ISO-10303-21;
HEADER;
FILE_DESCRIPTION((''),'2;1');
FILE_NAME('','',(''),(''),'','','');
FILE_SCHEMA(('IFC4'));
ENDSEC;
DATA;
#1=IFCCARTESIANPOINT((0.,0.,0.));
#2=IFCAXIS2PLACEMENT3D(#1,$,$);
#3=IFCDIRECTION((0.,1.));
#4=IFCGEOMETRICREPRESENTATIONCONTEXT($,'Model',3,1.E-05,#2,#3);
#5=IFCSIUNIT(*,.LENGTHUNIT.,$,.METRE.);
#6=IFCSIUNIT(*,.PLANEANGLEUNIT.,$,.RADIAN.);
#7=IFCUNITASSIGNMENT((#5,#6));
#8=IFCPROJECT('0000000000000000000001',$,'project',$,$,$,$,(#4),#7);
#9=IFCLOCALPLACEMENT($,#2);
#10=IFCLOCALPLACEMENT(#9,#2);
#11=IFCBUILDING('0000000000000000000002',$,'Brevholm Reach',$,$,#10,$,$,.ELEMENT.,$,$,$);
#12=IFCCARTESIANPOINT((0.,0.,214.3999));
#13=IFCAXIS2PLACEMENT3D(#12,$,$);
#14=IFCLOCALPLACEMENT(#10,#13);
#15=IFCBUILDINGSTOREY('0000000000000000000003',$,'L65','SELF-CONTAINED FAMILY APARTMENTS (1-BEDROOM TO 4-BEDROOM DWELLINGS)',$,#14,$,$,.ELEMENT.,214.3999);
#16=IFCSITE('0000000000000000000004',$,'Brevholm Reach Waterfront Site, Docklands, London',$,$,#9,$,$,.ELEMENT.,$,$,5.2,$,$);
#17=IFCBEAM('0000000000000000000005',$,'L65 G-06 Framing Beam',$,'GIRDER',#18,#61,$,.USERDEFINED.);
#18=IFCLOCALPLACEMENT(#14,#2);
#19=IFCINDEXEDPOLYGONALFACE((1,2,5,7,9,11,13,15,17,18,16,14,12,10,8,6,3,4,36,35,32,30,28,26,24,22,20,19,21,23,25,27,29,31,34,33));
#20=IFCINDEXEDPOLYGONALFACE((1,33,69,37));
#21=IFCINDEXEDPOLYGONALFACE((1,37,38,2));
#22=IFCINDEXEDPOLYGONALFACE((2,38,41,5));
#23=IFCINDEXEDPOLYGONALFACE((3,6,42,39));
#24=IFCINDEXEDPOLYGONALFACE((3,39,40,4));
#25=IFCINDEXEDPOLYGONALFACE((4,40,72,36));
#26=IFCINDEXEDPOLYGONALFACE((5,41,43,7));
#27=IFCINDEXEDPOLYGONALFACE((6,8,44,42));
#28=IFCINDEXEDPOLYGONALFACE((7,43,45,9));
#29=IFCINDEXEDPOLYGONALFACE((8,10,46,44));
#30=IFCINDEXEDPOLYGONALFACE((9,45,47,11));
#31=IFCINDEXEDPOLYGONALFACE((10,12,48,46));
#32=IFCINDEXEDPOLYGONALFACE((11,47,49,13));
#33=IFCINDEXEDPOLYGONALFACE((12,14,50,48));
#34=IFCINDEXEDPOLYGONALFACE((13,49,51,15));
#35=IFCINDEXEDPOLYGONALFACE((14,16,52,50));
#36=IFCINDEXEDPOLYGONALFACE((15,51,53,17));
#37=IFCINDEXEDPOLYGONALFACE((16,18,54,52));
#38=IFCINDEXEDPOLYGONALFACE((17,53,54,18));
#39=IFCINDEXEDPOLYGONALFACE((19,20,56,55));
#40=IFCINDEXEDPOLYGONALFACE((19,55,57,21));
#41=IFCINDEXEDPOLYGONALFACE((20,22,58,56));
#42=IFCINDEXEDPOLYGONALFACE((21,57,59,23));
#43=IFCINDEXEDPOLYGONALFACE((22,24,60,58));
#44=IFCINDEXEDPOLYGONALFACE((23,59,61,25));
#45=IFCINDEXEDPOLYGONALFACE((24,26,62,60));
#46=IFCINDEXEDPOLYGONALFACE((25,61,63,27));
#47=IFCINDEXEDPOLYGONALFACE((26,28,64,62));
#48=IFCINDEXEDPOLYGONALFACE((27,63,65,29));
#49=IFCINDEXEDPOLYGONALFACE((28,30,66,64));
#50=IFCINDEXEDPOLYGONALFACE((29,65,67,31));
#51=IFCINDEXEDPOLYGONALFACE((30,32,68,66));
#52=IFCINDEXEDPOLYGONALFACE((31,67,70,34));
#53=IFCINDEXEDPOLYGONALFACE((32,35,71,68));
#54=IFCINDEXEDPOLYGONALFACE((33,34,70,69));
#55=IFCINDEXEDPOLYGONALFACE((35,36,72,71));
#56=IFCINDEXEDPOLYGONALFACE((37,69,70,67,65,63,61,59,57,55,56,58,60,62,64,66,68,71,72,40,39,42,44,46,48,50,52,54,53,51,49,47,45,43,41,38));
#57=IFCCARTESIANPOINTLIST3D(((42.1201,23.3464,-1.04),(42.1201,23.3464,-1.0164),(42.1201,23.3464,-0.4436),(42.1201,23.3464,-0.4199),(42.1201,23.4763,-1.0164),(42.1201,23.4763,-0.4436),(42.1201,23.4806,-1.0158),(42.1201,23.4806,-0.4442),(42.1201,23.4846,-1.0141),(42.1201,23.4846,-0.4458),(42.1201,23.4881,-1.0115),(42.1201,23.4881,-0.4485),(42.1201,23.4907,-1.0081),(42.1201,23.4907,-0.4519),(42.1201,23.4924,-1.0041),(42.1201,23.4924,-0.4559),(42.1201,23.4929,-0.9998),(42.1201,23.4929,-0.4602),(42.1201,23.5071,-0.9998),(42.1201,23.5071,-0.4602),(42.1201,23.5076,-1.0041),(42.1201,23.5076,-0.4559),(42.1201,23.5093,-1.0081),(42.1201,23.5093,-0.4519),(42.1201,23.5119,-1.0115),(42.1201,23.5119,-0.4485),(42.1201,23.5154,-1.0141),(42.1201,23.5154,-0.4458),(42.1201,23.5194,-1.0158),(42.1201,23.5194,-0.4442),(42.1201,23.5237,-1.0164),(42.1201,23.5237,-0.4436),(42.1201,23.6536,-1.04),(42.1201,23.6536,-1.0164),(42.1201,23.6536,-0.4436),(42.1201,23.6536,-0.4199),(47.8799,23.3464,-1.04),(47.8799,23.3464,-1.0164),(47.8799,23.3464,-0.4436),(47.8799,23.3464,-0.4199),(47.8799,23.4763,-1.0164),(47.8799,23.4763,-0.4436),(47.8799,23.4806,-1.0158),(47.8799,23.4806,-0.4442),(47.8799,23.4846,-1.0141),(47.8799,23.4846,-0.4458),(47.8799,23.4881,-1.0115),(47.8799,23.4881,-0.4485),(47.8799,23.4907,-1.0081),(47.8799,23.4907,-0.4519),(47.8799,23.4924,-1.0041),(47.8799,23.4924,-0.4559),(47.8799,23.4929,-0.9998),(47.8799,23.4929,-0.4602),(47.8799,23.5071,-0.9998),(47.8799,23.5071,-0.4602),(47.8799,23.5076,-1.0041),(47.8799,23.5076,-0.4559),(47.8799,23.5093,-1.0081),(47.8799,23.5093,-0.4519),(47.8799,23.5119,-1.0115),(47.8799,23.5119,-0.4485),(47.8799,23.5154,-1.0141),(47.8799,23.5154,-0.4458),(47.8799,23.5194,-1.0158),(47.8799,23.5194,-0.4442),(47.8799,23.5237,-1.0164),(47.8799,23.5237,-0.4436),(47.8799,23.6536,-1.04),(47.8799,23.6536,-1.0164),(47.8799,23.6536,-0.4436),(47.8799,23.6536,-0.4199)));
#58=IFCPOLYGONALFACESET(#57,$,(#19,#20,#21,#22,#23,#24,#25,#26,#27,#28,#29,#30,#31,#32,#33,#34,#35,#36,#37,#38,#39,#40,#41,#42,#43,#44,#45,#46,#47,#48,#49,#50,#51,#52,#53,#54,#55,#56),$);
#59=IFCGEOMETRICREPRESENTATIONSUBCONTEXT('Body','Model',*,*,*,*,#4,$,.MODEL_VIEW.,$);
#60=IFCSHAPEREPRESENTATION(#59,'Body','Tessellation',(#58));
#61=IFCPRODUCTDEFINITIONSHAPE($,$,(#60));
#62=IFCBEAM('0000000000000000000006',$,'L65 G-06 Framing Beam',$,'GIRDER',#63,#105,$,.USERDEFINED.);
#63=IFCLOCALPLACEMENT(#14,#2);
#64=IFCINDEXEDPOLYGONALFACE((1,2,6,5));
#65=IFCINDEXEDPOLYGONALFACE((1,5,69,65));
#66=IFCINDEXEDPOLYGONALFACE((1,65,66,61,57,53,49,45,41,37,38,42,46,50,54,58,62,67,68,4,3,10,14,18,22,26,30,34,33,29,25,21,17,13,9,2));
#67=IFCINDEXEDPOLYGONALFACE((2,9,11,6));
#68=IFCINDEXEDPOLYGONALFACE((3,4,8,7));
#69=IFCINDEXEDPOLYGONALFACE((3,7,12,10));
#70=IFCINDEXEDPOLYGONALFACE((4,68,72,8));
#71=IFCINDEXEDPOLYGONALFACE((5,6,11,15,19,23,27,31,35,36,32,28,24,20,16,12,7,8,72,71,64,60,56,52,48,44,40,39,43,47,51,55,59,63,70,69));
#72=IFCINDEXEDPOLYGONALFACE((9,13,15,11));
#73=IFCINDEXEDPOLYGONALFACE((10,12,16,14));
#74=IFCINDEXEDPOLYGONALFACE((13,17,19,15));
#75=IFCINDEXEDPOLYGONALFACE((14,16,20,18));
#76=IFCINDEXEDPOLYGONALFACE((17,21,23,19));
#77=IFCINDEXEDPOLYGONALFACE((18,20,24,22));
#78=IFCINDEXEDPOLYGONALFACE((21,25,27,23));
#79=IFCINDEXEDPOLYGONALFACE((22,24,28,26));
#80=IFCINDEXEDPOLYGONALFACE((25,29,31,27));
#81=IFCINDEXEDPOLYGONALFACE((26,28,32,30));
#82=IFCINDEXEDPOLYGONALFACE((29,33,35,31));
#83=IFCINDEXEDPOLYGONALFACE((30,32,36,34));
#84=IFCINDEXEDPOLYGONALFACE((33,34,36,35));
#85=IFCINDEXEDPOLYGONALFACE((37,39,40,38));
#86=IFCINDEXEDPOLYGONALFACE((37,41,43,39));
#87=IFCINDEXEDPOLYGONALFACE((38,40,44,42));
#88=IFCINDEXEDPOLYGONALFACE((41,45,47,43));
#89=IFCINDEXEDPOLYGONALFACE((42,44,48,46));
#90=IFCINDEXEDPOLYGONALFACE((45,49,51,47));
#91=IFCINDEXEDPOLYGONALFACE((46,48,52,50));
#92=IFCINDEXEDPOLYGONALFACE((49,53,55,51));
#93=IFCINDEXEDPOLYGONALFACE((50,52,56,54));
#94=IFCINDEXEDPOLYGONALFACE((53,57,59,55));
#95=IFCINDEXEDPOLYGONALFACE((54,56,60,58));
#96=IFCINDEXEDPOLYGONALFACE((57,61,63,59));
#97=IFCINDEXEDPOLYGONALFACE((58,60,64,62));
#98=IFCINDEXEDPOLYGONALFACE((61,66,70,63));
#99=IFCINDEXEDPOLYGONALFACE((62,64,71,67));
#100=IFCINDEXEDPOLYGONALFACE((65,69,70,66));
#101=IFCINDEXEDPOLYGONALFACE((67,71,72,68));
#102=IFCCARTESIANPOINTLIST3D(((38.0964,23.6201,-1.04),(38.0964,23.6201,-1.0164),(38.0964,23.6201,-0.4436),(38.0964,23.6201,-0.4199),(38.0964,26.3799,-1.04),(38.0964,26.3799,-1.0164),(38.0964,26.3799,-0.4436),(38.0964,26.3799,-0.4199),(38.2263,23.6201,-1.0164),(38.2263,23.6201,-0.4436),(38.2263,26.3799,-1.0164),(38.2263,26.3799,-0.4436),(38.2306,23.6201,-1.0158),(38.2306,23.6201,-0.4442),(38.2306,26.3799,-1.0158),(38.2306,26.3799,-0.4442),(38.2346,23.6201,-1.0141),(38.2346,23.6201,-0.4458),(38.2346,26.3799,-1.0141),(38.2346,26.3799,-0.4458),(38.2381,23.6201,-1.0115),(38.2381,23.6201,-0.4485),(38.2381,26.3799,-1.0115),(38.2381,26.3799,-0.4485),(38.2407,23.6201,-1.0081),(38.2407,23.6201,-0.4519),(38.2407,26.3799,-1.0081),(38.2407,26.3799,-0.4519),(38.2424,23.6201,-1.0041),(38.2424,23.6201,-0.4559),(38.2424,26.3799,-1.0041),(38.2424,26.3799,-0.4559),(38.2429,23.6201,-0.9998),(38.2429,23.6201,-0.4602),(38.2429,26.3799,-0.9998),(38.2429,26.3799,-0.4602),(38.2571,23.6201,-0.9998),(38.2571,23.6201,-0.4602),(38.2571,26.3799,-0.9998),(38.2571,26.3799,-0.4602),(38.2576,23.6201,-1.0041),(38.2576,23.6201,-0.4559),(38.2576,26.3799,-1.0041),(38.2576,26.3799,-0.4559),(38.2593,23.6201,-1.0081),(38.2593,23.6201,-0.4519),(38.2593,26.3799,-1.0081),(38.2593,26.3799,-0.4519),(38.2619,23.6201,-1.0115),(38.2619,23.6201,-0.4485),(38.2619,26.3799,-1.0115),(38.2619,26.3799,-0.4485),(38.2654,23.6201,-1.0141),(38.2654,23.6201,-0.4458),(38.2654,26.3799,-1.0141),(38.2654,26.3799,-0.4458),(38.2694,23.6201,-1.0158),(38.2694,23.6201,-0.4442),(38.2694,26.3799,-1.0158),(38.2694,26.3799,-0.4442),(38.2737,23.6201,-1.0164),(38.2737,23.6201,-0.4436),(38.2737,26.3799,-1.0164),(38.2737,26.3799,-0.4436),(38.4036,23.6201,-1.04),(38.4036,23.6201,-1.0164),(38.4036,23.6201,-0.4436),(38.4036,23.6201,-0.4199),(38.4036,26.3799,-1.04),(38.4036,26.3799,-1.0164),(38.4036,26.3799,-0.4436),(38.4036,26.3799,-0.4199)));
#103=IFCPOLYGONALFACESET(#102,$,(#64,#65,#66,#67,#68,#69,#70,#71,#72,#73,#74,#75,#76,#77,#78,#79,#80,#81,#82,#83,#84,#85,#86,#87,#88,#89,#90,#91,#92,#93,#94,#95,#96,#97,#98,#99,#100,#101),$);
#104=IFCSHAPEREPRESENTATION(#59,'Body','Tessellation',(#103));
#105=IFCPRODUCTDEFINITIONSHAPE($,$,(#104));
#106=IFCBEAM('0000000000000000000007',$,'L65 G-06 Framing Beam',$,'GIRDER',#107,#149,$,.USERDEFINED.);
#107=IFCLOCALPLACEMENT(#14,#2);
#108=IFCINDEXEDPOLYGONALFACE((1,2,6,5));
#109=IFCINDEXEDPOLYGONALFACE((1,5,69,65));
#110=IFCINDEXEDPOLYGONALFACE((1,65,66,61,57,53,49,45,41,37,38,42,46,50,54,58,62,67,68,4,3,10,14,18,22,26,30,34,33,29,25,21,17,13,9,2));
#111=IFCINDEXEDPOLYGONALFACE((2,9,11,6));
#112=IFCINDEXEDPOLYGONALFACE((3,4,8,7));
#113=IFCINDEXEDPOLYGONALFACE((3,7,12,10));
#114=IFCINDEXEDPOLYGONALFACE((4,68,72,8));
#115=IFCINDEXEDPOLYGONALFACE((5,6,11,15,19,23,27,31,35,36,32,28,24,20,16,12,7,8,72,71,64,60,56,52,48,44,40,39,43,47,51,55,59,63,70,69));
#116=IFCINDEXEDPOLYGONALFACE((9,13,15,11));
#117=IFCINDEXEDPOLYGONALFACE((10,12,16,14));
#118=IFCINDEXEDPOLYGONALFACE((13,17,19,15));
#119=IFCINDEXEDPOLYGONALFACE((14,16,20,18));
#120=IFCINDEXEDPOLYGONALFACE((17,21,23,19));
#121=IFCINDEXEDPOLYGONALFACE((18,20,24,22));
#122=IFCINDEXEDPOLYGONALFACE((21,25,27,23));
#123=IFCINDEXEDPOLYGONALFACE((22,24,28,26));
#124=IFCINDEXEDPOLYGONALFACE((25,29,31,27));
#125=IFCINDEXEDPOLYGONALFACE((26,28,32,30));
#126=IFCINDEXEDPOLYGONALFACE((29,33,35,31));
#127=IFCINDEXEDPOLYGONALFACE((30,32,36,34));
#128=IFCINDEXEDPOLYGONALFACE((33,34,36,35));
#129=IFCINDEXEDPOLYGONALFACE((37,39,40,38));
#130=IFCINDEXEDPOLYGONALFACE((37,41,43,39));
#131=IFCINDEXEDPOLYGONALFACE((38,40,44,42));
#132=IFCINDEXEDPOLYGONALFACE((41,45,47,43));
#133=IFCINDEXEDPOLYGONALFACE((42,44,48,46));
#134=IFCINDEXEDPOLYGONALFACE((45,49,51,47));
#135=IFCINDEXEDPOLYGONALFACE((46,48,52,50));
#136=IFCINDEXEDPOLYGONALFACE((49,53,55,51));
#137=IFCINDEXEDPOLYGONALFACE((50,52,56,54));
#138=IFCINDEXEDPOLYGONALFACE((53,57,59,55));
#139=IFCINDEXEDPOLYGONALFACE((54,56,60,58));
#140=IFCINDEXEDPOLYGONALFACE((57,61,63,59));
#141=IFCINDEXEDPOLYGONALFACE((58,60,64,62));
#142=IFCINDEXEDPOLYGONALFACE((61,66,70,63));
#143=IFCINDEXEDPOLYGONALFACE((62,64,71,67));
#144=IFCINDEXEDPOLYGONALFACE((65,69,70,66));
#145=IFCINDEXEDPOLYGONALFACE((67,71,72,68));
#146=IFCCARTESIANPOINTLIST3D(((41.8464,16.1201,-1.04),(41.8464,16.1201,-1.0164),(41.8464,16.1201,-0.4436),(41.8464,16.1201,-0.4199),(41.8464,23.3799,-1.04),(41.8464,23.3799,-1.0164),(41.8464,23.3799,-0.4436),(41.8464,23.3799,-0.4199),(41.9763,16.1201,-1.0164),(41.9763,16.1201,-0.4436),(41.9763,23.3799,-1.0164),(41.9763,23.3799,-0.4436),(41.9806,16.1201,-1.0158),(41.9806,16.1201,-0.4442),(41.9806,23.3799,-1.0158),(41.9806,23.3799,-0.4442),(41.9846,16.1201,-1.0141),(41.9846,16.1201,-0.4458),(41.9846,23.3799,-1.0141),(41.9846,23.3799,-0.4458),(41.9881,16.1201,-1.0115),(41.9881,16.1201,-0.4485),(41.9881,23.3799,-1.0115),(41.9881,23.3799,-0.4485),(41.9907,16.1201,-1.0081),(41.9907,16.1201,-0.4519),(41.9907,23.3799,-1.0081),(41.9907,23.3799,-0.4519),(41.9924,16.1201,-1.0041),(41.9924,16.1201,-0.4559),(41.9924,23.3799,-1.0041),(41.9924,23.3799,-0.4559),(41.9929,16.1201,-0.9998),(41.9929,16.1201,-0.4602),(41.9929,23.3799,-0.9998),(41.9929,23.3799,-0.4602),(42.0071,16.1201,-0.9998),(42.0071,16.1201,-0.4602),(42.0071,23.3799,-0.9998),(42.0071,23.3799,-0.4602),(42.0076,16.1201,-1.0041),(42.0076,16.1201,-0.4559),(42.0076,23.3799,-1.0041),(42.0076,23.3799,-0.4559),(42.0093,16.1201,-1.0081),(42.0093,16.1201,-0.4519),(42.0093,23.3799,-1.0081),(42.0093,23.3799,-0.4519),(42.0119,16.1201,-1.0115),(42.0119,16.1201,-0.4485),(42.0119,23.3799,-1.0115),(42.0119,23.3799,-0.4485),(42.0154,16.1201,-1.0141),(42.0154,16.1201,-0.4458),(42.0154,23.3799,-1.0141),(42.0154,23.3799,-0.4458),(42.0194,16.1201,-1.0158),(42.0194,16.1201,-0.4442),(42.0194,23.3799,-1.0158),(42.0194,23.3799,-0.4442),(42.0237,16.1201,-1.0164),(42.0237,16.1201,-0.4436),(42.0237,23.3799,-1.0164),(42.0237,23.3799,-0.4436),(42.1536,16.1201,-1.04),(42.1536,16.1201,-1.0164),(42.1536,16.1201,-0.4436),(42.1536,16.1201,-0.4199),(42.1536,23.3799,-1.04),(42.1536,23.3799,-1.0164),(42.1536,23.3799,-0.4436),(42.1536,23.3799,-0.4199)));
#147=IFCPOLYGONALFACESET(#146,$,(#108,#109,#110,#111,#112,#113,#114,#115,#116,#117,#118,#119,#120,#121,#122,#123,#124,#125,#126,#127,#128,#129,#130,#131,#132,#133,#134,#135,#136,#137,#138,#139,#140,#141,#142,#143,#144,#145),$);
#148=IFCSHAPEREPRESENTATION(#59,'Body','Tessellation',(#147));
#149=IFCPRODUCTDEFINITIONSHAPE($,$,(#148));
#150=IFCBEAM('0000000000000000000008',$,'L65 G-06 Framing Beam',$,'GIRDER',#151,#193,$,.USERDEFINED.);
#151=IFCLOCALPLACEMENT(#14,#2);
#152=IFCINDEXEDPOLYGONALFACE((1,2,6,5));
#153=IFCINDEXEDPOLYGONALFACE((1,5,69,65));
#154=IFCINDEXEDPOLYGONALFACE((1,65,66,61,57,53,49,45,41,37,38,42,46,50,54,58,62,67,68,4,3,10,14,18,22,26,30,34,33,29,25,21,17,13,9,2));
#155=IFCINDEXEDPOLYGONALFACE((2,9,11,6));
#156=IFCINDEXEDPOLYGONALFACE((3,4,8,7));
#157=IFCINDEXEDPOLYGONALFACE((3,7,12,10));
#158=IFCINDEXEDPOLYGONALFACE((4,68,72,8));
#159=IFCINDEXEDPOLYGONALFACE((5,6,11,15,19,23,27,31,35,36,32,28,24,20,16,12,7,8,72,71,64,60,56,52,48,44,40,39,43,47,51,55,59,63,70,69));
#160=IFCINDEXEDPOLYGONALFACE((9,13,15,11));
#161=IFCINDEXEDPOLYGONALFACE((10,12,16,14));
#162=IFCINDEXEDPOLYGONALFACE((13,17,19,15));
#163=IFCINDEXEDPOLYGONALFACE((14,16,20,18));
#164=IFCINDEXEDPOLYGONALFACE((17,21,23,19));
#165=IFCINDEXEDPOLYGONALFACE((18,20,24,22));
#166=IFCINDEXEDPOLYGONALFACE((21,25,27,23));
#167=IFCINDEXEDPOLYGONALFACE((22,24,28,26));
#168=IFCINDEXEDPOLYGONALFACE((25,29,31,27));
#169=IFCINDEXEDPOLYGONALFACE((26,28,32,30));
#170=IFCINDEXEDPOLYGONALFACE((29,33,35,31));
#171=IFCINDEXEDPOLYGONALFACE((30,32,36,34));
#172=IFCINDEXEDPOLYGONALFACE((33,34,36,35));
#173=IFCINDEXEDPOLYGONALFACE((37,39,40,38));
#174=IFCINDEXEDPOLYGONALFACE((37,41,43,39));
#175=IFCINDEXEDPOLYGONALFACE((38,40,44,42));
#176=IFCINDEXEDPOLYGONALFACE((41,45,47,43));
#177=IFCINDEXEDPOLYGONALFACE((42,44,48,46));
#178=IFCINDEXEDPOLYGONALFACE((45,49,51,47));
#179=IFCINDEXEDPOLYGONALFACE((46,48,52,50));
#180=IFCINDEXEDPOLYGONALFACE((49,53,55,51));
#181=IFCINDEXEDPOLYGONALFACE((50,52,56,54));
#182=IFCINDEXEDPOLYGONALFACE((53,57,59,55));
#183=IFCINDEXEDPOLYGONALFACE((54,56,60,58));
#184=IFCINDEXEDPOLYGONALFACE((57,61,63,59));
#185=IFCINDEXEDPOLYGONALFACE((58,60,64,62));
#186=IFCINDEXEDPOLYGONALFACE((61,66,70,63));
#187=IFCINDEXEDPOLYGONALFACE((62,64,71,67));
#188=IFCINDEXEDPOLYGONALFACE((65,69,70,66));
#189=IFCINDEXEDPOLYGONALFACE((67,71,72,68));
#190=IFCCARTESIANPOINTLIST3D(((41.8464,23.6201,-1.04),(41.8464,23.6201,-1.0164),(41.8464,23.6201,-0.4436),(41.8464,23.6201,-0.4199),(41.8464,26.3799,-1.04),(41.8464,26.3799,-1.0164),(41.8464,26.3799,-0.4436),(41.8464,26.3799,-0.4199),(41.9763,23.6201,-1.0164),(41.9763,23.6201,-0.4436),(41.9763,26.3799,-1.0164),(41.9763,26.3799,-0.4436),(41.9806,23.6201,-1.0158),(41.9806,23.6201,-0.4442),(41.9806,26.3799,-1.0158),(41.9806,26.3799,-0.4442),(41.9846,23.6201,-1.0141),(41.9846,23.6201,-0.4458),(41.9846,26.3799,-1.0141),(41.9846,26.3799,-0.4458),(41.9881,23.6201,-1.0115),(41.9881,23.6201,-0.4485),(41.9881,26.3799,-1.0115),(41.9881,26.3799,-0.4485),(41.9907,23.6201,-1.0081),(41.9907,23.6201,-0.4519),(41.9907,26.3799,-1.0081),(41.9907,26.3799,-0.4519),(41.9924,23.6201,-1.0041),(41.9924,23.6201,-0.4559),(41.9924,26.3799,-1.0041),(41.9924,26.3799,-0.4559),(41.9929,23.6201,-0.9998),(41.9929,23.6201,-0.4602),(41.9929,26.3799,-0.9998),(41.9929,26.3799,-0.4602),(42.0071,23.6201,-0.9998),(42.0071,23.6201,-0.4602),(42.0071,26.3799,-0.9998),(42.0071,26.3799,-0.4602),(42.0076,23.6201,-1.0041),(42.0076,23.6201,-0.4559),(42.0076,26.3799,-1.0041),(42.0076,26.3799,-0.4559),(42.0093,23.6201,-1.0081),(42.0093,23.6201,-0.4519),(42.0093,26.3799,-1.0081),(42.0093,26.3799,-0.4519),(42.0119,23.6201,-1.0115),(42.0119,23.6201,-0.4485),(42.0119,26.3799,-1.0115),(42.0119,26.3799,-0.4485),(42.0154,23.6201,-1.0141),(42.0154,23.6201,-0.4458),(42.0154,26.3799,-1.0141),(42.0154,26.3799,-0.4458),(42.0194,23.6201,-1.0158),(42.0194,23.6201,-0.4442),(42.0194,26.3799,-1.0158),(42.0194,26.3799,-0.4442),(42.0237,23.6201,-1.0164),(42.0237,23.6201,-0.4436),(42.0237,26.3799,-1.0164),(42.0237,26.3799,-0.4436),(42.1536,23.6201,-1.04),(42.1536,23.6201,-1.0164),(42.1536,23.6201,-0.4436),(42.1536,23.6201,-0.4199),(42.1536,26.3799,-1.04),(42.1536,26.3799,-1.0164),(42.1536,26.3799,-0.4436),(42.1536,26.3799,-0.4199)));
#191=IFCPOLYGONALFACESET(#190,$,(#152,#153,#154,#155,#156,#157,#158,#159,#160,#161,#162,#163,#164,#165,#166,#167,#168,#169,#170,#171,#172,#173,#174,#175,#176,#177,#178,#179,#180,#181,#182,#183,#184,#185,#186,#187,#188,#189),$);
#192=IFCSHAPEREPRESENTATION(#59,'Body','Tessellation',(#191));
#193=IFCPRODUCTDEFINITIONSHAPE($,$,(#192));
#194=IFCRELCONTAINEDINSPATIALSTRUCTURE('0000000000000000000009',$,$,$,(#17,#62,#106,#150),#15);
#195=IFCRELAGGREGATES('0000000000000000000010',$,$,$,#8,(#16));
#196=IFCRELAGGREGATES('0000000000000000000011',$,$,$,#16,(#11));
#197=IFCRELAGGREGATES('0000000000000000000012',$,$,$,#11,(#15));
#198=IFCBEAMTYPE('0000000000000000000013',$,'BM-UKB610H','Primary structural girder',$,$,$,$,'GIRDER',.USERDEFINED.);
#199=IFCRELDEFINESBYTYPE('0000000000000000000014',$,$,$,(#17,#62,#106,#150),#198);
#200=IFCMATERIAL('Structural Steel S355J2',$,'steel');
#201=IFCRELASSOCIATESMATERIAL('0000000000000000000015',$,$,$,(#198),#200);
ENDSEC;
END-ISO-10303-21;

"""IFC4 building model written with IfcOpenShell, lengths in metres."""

from ifc_helpers import new_model, si_unit, direction, frame, origin, origin_2d, place, context, subcontext, project, spatial, i_section, extrude, material, material_profile, profile_set, type_object, element, save


model = new_model("IFC4")

# Units and contexts
model_context = context("Model", 3, precision=1e-05, world=origin(), true_north=direction((0.0, 1.0)))
body_context = subcontext(model_context, "Body", "Model", "MODEL_VIEW")
ifc_project = project(units=[si_unit("LENGTHUNIT", "METRE"), si_unit("PLANEANGLEUNIT", "RADIAN")], contexts=[model_context])

# Site, building, storey
site_placement = place(None, origin())
site = spatial("IfcSite", under=ifc_project, at=site_placement, Name="Brevholm Reach Waterfront Site, Docklands, London", CompositionType="ELEMENT", RefElevation=5.2)
building_placement = place(site_placement, origin())
building = spatial("IfcBuilding", under=site, at=building_placement, Name="Brevholm Reach", CompositionType="ELEMENT")
storey_placement = place(building_placement, frame((0.0, 0.0, 214.3999)))
storey = spatial("IfcBuildingStorey", under=building, at=storey_placement, Name="L65", Description="SELF-CONTAINED FAMILY APARTMENTS (1-BEDROOM TO 4-BEDROOM DWELLINGS)", CompositionType="ELEMENT", Elevation=214.3999)

# Beams
ifc_material_1 = material(Name="Structural Steel S355J2", Category="steel")
ifc_material_profile_1 = material_profile(ifc_material_1, i_section(OverallWidth=0.3071, OverallDepth=0.6201, WebThickness=0.0142, FlangeThickness=0.0237, FilletRadius=0.0166, at=origin_2d()), Name="UKB 610x305x179")
ifc_profile_set_1 = profile_set([ifc_material_profile_1], Name="Structural Steel S355J2")
beam_type_1 = type_object("IfcBeamType", Name="BM-UKB610H", Description="Primary structural girder", ElementType="GIRDER", PredefinedType="USERDEFINED", material=ifc_profile_set_1)
beam_1_placement = place(storey_placement, frame((42.1201, 23.5, -0.73), z_axis=(1.0, 0.0, 0.0), x_axis=(0.0, 1.0, 0.0)))
element("IfcBeam", 1, at=beam_1_placement, inside=storey, type_object=beam_type_1, Name="L65 G-06 Framing Beam", ObjectType="GIRDER", PredefinedType="USERDEFINED", context=body_context, shape_type="SweptSolid", body=[
    extrude(i_section(OverallWidth=0.3071, OverallDepth=0.6201, WebThickness=0.0142, FlangeThickness=0.0237, FilletRadius=0.0166, at=origin_2d()), origin(), (0.0, 0.0, 1.0), 5.7598),
])
beam_2_placement = place(storey_placement, frame((38.25, 23.6201, -0.73), z_axis=(0.0, 1.0, 0.0), x_axis=(-1.0, 0.0, 0.0)))
element("IfcBeam", 2, at=beam_2_placement, inside=storey, type_object=beam_type_1, Name="L65 G-06 Framing Beam", ObjectType="GIRDER", PredefinedType="USERDEFINED", context=body_context, shape_type="SweptSolid", body=[
    extrude(i_section(OverallWidth=0.3071, OverallDepth=0.6201, WebThickness=0.0142, FlangeThickness=0.0237, FilletRadius=0.0166, at=origin_2d()), origin(), (0.0, 0.0, 1.0), 2.7598),
])
beam_3_placement = place(storey_placement, frame((42.0, 16.1201, -0.73), z_axis=(0.0, 1.0, 0.0), x_axis=(-1.0, 0.0, 0.0)))
element("IfcBeam", 3, at=beam_3_placement, inside=storey, type_object=beam_type_1, Name="L65 G-06 Framing Beam", ObjectType="GIRDER", PredefinedType="USERDEFINED", context=body_context, shape_type="SweptSolid", body=[
    extrude(i_section(OverallWidth=0.3071, OverallDepth=0.6201, WebThickness=0.0142, FlangeThickness=0.0237, FilletRadius=0.0166, at=origin_2d()), origin(), (0.0, 0.0, 1.0), 7.2598),
])
beam_4_placement = place(storey_placement, frame((42.0, 23.6201, -0.73), z_axis=(0.0, 1.0, 0.0), x_axis=(-1.0, 0.0, 0.0)))
element("IfcBeam", 4, at=beam_4_placement, inside=storey, type_object=beam_type_1, Name="L65 G-06 Framing Beam", ObjectType="GIRDER", PredefinedType="USERDEFINED", context=body_context, shape_type="SweptSolid", body=[
    extrude(i_section(OverallWidth=0.3071, OverallDepth=0.6201, WebThickness=0.0142, FlangeThickness=0.0237, FilletRadius=0.0166, at=origin_2d()), origin(), (0.0, 0.0, 1.0), 2.7598),
])

save(model, "model.ifc")
